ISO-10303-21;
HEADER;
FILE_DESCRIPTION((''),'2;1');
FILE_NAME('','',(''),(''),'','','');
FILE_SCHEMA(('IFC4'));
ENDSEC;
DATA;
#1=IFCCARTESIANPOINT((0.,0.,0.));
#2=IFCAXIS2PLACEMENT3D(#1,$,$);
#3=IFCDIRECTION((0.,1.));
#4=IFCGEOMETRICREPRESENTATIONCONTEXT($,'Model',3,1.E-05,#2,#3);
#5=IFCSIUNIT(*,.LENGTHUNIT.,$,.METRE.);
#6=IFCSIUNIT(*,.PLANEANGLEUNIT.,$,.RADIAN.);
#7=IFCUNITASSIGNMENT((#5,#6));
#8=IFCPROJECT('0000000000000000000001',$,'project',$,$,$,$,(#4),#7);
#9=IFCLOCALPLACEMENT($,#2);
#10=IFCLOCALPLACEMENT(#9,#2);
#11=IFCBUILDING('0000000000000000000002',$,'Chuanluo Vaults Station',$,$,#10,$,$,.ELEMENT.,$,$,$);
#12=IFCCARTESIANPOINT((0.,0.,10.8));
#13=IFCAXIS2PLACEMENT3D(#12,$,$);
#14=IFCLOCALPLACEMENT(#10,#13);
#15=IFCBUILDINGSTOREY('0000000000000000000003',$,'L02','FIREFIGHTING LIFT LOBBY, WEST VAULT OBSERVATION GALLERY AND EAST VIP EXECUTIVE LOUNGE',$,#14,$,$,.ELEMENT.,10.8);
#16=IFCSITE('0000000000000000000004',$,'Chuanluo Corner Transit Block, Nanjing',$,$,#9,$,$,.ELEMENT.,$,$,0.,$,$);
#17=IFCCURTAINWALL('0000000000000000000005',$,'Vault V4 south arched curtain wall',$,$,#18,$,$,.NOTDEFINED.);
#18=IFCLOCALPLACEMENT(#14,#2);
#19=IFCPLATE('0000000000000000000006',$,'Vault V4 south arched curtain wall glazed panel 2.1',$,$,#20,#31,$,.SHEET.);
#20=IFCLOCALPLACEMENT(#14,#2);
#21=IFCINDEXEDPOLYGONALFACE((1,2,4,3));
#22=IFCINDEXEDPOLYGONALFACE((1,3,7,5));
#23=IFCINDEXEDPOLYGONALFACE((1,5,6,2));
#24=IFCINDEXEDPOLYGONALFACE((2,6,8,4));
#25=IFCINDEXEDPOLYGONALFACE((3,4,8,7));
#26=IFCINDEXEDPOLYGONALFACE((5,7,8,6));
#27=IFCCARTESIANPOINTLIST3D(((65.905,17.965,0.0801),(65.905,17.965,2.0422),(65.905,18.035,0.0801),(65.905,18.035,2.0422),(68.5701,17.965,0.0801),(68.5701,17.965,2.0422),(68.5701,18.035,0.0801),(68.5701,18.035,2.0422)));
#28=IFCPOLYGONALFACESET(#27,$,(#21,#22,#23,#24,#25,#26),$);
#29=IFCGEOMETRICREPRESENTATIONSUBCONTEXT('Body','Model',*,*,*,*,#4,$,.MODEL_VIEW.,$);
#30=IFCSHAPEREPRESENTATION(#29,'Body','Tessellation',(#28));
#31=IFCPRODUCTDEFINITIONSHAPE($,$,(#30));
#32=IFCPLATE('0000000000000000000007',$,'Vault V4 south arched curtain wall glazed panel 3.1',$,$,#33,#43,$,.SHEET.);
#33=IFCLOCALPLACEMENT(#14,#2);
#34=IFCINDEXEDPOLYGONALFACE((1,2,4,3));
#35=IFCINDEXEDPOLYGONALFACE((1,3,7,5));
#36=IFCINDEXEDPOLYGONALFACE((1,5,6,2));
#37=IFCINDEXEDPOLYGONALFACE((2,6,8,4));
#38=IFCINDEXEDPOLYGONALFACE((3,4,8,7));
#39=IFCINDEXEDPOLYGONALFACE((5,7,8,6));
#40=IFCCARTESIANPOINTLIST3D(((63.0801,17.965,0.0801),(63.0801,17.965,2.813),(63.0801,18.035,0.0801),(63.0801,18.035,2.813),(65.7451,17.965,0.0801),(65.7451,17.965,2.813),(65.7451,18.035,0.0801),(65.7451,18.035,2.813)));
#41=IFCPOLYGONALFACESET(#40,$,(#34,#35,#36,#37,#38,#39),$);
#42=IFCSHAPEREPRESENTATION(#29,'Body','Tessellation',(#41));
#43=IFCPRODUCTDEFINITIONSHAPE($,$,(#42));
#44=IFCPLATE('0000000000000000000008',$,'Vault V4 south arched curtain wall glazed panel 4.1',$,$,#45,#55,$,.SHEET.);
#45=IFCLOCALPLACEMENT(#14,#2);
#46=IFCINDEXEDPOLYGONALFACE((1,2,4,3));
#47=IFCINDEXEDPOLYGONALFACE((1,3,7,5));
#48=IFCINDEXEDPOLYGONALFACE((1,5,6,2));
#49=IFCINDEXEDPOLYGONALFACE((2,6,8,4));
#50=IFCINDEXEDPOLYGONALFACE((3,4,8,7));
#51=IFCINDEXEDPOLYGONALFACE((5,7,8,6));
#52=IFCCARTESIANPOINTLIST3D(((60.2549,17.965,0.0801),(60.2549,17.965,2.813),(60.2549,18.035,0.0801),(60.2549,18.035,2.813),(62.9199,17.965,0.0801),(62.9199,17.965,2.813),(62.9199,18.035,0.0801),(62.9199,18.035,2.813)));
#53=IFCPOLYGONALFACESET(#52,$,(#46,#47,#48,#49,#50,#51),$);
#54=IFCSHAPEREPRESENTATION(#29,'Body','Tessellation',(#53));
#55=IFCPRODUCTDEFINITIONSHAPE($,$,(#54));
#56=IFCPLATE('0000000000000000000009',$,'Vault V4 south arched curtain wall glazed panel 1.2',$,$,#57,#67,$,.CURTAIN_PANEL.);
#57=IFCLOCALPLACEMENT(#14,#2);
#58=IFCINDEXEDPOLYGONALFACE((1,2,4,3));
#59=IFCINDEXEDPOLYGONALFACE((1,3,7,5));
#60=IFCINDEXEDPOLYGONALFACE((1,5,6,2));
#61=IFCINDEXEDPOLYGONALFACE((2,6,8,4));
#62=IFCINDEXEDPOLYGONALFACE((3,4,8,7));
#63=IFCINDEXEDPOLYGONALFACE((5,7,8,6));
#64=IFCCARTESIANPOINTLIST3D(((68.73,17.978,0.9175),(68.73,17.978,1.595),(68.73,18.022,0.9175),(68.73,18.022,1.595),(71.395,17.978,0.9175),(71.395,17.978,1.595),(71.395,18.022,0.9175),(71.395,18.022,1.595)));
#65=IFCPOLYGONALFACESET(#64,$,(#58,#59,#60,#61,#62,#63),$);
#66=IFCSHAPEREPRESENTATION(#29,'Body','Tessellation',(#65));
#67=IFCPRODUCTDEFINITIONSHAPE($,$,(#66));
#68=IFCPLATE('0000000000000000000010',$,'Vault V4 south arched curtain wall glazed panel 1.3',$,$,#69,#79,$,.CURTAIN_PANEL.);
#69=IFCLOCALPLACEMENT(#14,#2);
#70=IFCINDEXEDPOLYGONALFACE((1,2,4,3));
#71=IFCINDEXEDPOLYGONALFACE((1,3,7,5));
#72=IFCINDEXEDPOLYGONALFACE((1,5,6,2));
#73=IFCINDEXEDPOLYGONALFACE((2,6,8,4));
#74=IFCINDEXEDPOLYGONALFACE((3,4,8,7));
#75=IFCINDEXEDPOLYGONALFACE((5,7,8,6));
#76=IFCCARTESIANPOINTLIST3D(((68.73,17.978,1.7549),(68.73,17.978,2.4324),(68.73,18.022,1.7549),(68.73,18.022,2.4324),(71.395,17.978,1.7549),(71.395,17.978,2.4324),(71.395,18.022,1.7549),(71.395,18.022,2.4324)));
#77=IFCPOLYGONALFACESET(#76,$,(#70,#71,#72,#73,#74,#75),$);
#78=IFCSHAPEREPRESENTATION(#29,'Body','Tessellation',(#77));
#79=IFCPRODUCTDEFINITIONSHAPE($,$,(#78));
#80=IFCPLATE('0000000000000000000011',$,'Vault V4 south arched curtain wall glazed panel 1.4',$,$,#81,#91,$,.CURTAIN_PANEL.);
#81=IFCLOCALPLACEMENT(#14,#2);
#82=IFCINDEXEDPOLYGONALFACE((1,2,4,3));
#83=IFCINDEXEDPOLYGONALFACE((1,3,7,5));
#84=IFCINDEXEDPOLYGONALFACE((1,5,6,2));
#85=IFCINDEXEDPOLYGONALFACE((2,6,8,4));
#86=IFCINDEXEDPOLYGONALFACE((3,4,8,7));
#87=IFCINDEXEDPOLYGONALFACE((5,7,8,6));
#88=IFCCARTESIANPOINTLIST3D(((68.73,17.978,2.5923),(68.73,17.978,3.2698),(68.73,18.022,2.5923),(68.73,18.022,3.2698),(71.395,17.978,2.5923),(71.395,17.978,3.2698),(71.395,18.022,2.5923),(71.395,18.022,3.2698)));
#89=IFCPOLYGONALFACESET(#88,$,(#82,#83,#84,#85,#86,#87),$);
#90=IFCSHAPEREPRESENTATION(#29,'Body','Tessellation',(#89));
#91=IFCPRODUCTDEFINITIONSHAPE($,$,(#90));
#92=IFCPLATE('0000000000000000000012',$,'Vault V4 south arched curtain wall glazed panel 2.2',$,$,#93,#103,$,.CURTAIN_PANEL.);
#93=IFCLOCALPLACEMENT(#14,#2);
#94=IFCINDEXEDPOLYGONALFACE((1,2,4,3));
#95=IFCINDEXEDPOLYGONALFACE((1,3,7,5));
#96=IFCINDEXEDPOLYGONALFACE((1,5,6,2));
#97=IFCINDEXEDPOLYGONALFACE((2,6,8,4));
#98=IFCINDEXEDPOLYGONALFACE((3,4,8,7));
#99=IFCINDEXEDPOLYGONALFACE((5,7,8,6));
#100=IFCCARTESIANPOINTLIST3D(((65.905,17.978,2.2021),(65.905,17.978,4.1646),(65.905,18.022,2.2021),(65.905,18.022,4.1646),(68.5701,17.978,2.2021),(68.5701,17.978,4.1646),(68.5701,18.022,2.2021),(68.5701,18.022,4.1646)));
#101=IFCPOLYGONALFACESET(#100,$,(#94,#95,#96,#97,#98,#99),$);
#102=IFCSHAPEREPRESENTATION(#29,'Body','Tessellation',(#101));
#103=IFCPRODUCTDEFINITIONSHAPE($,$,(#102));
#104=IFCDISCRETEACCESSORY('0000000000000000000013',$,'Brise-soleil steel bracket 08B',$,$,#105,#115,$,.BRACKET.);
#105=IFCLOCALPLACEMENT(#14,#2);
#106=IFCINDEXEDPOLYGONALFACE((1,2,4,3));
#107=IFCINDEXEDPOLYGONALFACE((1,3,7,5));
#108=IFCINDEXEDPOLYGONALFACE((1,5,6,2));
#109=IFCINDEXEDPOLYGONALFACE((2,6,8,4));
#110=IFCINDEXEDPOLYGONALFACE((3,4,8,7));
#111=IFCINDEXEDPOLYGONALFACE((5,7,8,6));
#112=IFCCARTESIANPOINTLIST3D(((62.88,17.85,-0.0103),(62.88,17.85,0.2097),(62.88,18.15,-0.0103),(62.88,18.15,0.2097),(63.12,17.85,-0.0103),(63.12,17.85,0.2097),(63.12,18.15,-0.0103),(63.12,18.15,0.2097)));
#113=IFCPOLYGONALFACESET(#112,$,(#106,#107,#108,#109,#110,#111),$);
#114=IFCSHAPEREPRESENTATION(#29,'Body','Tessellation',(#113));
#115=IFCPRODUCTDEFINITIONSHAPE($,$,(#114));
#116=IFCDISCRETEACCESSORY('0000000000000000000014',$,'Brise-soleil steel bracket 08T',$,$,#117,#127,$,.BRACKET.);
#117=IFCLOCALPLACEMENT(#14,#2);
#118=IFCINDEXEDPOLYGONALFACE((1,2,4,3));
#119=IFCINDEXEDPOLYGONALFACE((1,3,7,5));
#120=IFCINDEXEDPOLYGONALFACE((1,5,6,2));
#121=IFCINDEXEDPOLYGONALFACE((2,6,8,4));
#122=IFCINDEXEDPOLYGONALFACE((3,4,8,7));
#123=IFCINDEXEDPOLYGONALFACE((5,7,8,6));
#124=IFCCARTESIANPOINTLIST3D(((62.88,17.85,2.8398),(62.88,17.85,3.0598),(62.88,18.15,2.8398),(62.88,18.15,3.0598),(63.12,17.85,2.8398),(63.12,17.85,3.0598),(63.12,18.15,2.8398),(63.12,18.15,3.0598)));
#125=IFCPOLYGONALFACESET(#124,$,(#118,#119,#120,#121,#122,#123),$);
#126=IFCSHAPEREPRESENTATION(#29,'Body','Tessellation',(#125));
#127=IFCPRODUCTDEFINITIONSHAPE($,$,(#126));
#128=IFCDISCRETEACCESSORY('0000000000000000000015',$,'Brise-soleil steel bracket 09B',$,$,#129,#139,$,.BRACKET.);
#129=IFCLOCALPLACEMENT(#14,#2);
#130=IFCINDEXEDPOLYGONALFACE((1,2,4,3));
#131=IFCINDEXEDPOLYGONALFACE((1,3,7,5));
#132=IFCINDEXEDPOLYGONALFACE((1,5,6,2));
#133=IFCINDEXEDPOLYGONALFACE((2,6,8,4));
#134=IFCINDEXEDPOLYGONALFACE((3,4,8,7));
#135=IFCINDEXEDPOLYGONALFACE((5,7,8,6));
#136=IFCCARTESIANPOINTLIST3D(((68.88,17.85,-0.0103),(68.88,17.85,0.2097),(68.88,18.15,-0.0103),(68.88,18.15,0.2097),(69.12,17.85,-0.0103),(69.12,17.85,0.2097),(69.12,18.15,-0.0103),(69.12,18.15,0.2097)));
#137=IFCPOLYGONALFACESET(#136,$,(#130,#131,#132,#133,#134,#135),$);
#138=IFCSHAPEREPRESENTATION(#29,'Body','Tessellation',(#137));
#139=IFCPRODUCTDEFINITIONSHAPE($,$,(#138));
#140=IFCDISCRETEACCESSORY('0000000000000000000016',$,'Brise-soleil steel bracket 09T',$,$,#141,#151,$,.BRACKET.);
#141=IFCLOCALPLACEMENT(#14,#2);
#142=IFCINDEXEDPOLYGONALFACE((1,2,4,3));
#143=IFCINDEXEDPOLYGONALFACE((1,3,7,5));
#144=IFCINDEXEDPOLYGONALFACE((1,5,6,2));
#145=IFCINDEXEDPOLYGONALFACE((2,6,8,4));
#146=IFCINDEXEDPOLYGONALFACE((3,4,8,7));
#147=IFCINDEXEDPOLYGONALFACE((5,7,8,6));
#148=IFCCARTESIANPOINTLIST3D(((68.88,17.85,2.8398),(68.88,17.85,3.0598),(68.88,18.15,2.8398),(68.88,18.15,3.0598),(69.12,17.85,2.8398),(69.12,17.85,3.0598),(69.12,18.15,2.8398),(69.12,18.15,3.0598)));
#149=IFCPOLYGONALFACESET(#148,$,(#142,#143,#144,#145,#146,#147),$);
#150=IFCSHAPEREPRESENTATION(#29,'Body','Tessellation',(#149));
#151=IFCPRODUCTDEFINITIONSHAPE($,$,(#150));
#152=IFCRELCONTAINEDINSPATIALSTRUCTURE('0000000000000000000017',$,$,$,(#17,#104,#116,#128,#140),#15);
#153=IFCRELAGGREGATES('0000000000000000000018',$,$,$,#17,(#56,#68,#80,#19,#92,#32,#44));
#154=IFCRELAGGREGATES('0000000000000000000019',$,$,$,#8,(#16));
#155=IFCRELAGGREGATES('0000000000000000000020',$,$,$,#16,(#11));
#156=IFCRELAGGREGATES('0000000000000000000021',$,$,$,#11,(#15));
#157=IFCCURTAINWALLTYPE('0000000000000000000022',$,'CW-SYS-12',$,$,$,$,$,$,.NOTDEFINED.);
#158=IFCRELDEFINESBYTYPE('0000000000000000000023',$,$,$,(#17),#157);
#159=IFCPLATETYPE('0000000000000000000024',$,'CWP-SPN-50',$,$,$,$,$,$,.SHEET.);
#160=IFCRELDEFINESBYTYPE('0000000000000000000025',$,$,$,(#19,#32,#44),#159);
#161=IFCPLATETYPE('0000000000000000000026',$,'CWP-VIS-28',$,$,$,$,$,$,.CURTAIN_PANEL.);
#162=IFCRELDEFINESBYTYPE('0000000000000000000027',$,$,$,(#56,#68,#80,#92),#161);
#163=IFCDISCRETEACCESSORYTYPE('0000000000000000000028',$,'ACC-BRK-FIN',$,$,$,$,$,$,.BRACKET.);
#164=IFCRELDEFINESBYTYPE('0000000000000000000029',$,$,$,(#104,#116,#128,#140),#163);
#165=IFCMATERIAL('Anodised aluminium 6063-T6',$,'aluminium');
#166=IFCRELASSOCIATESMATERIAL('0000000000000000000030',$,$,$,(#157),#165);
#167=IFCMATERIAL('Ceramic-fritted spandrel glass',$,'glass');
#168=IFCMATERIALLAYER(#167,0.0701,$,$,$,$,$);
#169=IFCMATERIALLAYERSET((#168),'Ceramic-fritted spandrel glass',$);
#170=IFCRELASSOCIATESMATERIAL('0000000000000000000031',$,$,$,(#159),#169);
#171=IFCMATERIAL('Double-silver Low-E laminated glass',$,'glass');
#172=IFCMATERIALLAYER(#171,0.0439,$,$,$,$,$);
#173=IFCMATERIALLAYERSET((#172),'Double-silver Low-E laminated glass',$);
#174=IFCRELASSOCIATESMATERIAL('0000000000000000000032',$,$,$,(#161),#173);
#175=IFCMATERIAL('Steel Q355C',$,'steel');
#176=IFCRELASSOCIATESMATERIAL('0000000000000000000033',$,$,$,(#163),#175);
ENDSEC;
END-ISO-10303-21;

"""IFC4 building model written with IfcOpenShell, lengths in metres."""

from ifc_helpers import new_model, si_unit, direction, frame, origin, origin_2d, place, context, subcontext, project, spatial, rectangle, extrude, material, layer, layer_set, type_object, element, aggregate, save


model = new_model("IFC4")

# Units and contexts
model_context = context("Model", 3, precision=1e-05, world=origin(), true_north=direction((0.0, 1.0)))
body_context = subcontext(model_context, "Body", "Model", "MODEL_VIEW")
ifc_project = project(units=[si_unit("LENGTHUNIT", "METRE"), si_unit("PLANEANGLEUNIT", "RADIAN")], contexts=[model_context])

# Site, building, storey
site_placement = place(None, origin())
site = spatial("IfcSite", under=ifc_project, at=site_placement, Name="Chuanluo Corner Transit Block, Nanjing", CompositionType="ELEMENT", RefElevation=0.0)
building_placement = place(site_placement, origin())
building = spatial("IfcBuilding", under=site, at=building_placement, Name="Chuanluo Vaults Station", CompositionType="ELEMENT")
storey_placement = place(building_placement, frame((0.0, 0.0, 10.8)))
storey = spatial("IfcBuildingStorey", under=building, at=storey_placement, Name="L02", Description="FIREFIGHTING LIFT LOBBY, WEST VAULT OBSERVATION GALLERY AND EAST VIP EXECUTIVE LOUNGE", CompositionType="ELEMENT", Elevation=10.8)

# Curtain wall, plates
ifc_material_1 = material(Name="Anodised aluminium 6063-T6", Category="aluminium")
curtain_wall_type = type_object("IfcCurtainWallType", Name="CW-SYS-12", PredefinedType="NOTDEFINED", material=ifc_material_1)
curtain_wall_placement = place(storey_placement, origin())
curtain_wall = element("IfcCurtainWall", 1, at=curtain_wall_placement, inside=storey, type_object=curtain_wall_type, Name="Vault V4 south arched curtain wall", PredefinedType="NOTDEFINED")
ifc_material_2 = material(Name="Ceramic-fritted spandrel glass", Category="glass")
ifc_layer_1 = layer(ifc_material_2, 0.0701)
ifc_layer_set_1 = layer_set([ifc_layer_1], Name="Ceramic-fritted spandrel glass")
plate_type_1 = type_object("IfcPlateType", Name="CWP-SPN-50", PredefinedType="SHEET", material=ifc_layer_set_1)
plate_1_placement = place(storey_placement, frame((67.2375, 18.0, 0.0801), z_axis=(0.0, 0.0, 1.0), x_axis=(-1.0, 0.0, 0.0)))
plate_1 = element("IfcPlate", 2, at=plate_1_placement, type_object=plate_type_1, Name="Vault V4 south arched curtain wall glazed panel 2.1", PredefinedType="SHEET", context=body_context, shape_type="SweptSolid", body=[
    extrude(rectangle(XDim=2.665, YDim=0.0701, at=origin_2d()), origin(), (0.0, 0.0, 1.0), 1.9622),
])
plate_2_placement = place(storey_placement, frame((64.4126, 18.0, 0.0801), z_axis=(0.0, 0.0, 1.0), x_axis=(-1.0, 0.0, 0.0)))
plate_2 = element("IfcPlate", 3, at=plate_2_placement, type_object=plate_type_1, Name="Vault V4 south arched curtain wall glazed panel 3.1", PredefinedType="SHEET", context=body_context, shape_type="SweptSolid", body=[
    extrude(rectangle(XDim=2.665, YDim=0.0701, at=origin_2d()), origin(), (0.0, 0.0, 1.0), 2.7329),
])
plate_3_placement = place(storey_placement, frame((61.5874, 18.0, 0.0801), z_axis=(0.0, 0.0, 1.0), x_axis=(-1.0, 0.0, 0.0)))
plate_3 = element("IfcPlate", 4, at=plate_3_placement, type_object=plate_type_1, Name="Vault V4 south arched curtain wall glazed panel 4.1", PredefinedType="SHEET", context=body_context, shape_type="SweptSolid", body=[
    extrude(rectangle(XDim=2.665, YDim=0.0701, at=origin_2d()), origin(), (0.0, 0.0, 1.0), 2.7329),
])
ifc_material_3 = material(Name="Double-silver Low-E laminated glass", Category="glass")
ifc_layer_2 = layer(ifc_material_3, 0.0439)
ifc_layer_set_2 = layer_set([ifc_layer_2], Name="Double-silver Low-E laminated glass")
plate_type_2 = type_object("IfcPlateType", Name="CWP-VIS-28", PredefinedType="CURTAIN_PANEL", material=ifc_layer_set_2)
plate_4_placement = place(storey_placement, frame((70.0625, 18.0, 0.9175), z_axis=(0.0, 0.0, 1.0), x_axis=(-1.0, 0.0, 0.0)))
plate_4 = element("IfcPlate", 5, at=plate_4_placement, type_object=plate_type_2, Name="Vault V4 south arched curtain wall glazed panel 1.2", PredefinedType="CURTAIN_PANEL", context=body_context, shape_type="SweptSolid", body=[
    extrude(rectangle(XDim=2.665, YDim=0.0439, at=origin_2d()), origin(), (0.0, 0.0, 1.0), 0.6775),
])
plate_5_placement = place(storey_placement, frame((70.0625, 18.0, 1.7549), z_axis=(0.0, 0.0, 1.0), x_axis=(-1.0, 0.0, 0.0)))
plate_5 = element("IfcPlate", 6, at=plate_5_placement, type_object=plate_type_2, Name="Vault V4 south arched curtain wall glazed panel 1.3", PredefinedType="CURTAIN_PANEL", context=body_context, shape_type="SweptSolid", body=[
    extrude(rectangle(XDim=2.665, YDim=0.0439, at=origin_2d()), origin(), (0.0, 0.0, 1.0), 0.6775),
])
plate_6_placement = place(storey_placement, frame((70.0625, 18.0, 2.5923), z_axis=(0.0, 0.0, 1.0), x_axis=(-1.0, 0.0, 0.0)))
plate_6 = element("IfcPlate", 7, at=plate_6_placement, type_object=plate_type_2, Name="Vault V4 south arched curtain wall glazed panel 1.4", PredefinedType="CURTAIN_PANEL", context=body_context, shape_type="SweptSolid", body=[
    extrude(rectangle(XDim=2.665, YDim=0.0439, at=origin_2d()), origin(), (0.0, 0.0, 1.0), 0.6775),
])
plate_7_placement = place(storey_placement, frame((67.2375, 18.0, 2.2021), z_axis=(0.0, 0.0, 1.0), x_axis=(-1.0, 0.0, 0.0)))
plate_7 = element("IfcPlate", 8, at=plate_7_placement, type_object=plate_type_2, Name="Vault V4 south arched curtain wall glazed panel 2.2", PredefinedType="CURTAIN_PANEL", context=body_context, shape_type="SweptSolid", body=[
    extrude(rectangle(XDim=2.665, YDim=0.0439, at=origin_2d()), origin(), (0.0, 0.0, 1.0), 1.9624),
])
aggregate(curtain_wall, [plate_4, plate_5, plate_6, plate_1, plate_7, plate_2, plate_3])

# Discrete accessories
ifc_material_4 = material(Name="Steel Q355C", Category="steel")
discrete_accessory_type = type_object("IfcDiscreteAccessoryType", Name="ACC-BRK-FIN", PredefinedType="BRACKET", material=ifc_material_4)
for number, where, z_axis, x_axis, name in (
    (9, (63.0, 18.0, -0.0103), (0.0, 0.0, 1.0), (1.0, 0.0, 0.0), "Brise-soleil steel bracket 08B"),
    (10, (63.0, 18.0, 2.8398), (0.0, 0.0, 1.0), (1.0, 0.0, 0.0), "Brise-soleil steel bracket 08T"),
    (11, (69.0, 18.0, -0.0103), (0.0, 0.0, 1.0), (1.0, 0.0, 0.0), "Brise-soleil steel bracket 09B"),
    (12, (69.0, 18.0, 2.8398), (0.0, 0.0, 1.0), (1.0, 0.0, 0.0), "Brise-soleil steel bracket 09T"),
):
    element("IfcDiscreteAccessory", number, at=place(storey_placement, frame(where, z_axis=z_axis, x_axis=x_axis)), inside=storey, type_object=discrete_accessory_type, Name=name, PredefinedType="BRACKET", context=body_context, shape_type="SweptSolid", body=[
        extrude(rectangle(XDim=0.24, YDim=0.3, at=origin_2d()), origin(), (0.0, 0.0, 1.0), 0.22),
    ])

save(model, "model.ifc")
